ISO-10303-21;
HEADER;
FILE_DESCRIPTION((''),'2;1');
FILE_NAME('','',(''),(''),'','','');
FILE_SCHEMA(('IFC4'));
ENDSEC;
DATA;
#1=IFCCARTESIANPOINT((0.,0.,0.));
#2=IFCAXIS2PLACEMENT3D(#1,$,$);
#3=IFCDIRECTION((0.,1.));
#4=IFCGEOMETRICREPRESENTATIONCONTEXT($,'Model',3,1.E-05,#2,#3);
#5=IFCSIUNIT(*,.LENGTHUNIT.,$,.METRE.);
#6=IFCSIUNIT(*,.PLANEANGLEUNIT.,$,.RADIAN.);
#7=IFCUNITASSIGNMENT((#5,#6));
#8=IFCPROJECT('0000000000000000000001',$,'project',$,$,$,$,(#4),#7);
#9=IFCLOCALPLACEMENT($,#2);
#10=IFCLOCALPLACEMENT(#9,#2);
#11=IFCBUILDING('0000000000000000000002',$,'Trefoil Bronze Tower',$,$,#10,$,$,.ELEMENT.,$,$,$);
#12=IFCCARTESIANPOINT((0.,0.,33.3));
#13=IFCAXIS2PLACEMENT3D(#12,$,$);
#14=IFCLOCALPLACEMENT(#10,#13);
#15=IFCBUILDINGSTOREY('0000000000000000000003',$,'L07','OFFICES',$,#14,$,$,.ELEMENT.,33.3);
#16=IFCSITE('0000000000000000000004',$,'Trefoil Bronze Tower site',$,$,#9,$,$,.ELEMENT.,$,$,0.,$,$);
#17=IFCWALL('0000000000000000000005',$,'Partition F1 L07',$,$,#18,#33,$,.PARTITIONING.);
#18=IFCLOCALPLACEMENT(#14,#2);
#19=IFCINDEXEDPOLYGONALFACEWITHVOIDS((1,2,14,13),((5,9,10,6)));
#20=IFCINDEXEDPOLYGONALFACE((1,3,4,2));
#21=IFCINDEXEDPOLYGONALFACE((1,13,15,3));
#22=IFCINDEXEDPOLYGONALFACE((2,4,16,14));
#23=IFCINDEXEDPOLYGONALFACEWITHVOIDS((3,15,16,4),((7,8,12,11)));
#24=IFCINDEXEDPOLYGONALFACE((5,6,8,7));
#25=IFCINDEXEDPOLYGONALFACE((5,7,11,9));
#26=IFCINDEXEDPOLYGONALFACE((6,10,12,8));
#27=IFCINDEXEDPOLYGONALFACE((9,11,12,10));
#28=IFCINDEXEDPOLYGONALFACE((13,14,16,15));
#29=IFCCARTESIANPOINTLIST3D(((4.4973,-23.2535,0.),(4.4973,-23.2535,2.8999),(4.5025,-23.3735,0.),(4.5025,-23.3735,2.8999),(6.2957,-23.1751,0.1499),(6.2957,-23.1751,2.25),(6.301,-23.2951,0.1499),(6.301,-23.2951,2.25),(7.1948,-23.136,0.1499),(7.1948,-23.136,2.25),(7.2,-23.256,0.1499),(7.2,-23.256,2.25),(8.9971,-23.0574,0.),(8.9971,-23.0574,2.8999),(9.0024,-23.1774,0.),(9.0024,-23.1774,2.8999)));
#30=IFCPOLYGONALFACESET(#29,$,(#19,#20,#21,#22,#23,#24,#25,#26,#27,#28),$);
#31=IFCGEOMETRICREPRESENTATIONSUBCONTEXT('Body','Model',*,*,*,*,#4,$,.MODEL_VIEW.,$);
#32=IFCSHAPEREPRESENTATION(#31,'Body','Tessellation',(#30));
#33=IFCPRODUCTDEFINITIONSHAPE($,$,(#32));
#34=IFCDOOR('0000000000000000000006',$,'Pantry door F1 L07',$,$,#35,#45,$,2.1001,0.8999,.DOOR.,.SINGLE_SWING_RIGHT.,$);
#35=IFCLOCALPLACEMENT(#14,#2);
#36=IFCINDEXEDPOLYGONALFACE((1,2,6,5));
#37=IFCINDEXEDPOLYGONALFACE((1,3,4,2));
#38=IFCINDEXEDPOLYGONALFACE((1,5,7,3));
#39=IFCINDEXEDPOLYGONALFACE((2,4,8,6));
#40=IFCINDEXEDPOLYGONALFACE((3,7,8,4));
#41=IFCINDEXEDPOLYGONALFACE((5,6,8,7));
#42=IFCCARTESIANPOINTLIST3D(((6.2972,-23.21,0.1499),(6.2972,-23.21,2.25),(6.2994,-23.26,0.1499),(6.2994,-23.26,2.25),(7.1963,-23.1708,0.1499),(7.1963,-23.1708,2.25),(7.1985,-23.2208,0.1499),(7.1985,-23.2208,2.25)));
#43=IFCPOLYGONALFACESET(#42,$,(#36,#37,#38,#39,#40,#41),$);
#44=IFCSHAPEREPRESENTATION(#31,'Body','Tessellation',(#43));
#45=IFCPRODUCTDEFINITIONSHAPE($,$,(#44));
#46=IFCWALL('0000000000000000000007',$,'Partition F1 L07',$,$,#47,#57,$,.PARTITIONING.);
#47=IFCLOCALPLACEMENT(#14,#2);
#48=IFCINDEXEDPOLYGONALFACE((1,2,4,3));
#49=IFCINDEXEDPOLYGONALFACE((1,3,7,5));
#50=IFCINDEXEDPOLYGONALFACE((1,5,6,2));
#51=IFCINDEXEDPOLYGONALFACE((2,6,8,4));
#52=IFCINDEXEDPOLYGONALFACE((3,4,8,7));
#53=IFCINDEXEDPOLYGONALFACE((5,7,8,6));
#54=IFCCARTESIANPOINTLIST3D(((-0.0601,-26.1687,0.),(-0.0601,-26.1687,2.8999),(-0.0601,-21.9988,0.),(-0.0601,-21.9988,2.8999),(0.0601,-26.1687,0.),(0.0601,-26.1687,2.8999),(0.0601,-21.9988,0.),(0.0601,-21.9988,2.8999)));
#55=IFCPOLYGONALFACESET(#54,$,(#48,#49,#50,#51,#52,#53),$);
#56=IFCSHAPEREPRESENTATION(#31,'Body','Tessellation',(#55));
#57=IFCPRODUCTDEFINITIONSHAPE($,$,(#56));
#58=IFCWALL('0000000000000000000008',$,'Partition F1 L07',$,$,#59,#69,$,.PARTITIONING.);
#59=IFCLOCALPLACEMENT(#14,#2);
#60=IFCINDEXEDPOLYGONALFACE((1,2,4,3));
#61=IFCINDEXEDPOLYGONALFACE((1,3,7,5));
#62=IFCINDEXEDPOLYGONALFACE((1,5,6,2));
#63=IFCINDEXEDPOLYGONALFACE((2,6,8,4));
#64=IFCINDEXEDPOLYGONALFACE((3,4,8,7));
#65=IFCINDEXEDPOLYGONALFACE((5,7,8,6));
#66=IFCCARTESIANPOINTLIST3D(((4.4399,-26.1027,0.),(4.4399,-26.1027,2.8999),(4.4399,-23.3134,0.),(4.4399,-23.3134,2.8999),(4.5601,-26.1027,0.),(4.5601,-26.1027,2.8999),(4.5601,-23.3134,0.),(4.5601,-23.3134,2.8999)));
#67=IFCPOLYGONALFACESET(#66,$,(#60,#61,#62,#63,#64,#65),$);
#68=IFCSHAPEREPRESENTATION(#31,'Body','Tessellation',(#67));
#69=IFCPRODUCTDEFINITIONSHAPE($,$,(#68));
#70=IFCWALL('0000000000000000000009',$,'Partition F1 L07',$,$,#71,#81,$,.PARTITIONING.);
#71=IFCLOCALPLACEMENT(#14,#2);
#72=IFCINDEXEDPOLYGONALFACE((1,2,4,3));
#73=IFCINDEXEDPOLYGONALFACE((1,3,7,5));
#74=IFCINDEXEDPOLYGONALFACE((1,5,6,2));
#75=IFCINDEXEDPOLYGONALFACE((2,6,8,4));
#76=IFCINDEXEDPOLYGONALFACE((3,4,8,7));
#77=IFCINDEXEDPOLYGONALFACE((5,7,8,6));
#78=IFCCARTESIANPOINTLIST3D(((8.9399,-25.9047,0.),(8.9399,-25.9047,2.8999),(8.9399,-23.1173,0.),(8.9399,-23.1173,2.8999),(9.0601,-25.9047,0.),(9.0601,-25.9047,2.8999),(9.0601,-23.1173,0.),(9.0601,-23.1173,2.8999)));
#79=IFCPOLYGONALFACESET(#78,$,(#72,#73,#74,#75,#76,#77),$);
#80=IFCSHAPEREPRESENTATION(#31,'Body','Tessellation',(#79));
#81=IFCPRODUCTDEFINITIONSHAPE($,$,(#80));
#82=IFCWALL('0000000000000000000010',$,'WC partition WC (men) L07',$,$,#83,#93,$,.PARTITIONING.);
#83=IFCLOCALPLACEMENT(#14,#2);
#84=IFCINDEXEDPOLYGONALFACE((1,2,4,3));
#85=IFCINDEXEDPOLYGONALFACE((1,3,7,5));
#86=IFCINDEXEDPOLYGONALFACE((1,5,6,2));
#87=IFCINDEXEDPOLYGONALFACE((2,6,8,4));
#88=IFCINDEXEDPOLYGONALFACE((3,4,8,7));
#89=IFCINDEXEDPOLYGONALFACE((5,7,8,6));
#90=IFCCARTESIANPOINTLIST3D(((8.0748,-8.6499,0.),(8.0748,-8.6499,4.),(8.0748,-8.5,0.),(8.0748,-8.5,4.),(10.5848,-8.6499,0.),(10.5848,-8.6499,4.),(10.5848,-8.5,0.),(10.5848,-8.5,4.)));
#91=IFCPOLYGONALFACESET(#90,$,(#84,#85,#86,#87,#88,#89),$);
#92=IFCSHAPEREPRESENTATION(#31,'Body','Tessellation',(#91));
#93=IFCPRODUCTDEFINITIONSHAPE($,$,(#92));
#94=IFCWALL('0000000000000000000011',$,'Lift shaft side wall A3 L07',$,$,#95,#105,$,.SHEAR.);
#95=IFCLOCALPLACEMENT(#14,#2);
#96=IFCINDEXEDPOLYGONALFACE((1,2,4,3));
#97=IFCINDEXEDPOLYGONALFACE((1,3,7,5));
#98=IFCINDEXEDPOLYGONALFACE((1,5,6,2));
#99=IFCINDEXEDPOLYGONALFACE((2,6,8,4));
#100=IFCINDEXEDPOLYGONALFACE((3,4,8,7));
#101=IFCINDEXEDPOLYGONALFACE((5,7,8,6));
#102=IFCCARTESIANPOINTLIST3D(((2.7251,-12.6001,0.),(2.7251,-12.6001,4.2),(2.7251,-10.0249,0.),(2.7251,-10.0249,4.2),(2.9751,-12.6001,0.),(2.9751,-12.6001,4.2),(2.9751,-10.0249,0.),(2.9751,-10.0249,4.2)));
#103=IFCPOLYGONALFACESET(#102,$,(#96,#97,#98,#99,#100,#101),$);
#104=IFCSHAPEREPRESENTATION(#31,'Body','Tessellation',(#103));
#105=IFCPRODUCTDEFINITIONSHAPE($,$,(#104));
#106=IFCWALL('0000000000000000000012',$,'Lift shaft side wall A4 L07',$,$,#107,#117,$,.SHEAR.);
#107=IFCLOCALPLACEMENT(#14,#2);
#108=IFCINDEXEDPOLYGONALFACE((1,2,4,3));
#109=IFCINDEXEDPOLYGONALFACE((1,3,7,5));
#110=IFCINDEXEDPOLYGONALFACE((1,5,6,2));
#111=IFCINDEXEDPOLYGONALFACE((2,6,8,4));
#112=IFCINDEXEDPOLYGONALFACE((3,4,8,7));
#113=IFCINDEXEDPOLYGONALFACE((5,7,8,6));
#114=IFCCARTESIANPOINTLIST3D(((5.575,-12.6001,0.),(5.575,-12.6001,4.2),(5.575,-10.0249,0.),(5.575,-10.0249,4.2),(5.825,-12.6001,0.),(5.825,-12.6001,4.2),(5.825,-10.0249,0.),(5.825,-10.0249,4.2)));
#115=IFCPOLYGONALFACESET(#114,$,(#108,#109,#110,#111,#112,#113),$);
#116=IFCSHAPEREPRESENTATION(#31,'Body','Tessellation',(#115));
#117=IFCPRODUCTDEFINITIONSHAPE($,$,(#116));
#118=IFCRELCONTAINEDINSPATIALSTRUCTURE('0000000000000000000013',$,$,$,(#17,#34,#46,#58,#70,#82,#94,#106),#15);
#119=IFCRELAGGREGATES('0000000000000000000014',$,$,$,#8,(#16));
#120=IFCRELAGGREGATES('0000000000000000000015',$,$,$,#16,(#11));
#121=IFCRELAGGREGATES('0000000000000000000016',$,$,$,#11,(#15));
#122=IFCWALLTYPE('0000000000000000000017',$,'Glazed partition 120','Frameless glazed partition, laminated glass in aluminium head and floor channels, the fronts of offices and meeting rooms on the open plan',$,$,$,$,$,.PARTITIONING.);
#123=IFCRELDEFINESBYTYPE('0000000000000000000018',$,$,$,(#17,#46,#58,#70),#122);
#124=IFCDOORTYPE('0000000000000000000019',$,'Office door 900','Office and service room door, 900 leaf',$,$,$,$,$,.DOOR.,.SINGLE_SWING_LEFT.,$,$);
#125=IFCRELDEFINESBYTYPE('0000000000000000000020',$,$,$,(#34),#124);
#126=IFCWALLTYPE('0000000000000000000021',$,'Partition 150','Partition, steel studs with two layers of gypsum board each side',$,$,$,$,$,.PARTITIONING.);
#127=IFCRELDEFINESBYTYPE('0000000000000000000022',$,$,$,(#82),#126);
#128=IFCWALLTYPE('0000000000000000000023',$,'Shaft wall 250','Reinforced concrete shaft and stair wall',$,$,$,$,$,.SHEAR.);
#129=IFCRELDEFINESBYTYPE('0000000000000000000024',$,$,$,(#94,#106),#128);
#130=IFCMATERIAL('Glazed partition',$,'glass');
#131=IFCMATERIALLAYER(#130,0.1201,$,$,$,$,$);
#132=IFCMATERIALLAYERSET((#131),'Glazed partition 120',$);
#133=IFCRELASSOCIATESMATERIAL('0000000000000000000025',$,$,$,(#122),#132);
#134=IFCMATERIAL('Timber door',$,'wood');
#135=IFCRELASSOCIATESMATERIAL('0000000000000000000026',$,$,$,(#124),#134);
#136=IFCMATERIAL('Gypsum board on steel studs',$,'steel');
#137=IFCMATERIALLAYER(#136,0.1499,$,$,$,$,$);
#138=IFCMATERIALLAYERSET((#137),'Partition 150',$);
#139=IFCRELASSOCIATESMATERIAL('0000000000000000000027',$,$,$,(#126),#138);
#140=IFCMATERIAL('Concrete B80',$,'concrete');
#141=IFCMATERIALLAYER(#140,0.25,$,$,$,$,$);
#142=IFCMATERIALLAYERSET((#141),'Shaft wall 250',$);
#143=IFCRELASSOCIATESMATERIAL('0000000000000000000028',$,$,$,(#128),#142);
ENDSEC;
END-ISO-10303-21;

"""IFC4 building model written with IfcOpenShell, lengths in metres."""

from ifc_helpers import new_model, si_unit, direction, frame, frame_2d, origin, place, context, subcontext, project, spatial, rectangle, extrude, material, layer, layer_set, type_object, element, fill, save


model = new_model("IFC4")

# Units and contexts
model_context = context("Model", 3, precision=1e-05, world=origin(), true_north=direction((0.0, 1.0)))
body_context = subcontext(model_context, "Body", "Model", "MODEL_VIEW")
ifc_project = project(units=[si_unit("LENGTHUNIT", "METRE"), si_unit("PLANEANGLEUNIT", "RADIAN")], contexts=[model_context])

# Site, building, storey
site_placement = place(None, origin())
site = spatial("IfcSite", under=ifc_project, at=site_placement, Name="Trefoil Bronze Tower site", CompositionType="ELEMENT", RefElevation=0.0)
building_placement = place(site_placement, origin())
building = spatial("IfcBuilding", under=site, at=building_placement, Name="Trefoil Bronze Tower", CompositionType="ELEMENT")
storey_placement = place(building_placement, frame((0.0, 0.0, 33.3)))
storey = spatial("IfcBuildingStorey", under=building, at=storey_placement, Name="L07", Description="OFFICES", CompositionType="ELEMENT", Elevation=33.3)

# Wall, opening, door
ifc_material_1 = material(Name="Glazed partition", Category="glass")
ifc_layer_1 = layer(ifc_material_1, 0.1201)
ifc_layer_set_1 = layer_set([ifc_layer_1], Name="Glazed partition 120")
wall_type_1 = type_object("IfcWallType", Name="Glazed partition 120", Description="Frameless glazed partition, laminated glass in aluminium head and floor channels, the fronts of offices and meeting rooms on the open plan", PredefinedType="PARTITIONING", material=ifc_layer_set_1)
ifc_material_2 = material(Name="Timber door", Category="wood")
door_type = type_object("IfcDoorType", Name="Office door 900", Description="Office and service room door, 900 leaf", OperationType="SINGLE_SWING_LEFT", PredefinedType="DOOR", material=ifc_material_2)
wall_1_placement = place(storey_placement, frame((4.5, -23.3135, 0.0), z_axis=(0.0, 0.0, 1.0), x_axis=(0.999052, 0.043524, 0.0)))
wall_1 = element("IfcWall", 1, at=wall_1_placement, inside=storey, type_object=wall_type_1, Name="Partition F1 L07", PredefinedType="PARTITIONING", context=body_context, shape_type="SweptSolid", body=[
    extrude(rectangle(XDim=4.5042, YDim=0.1201, at=frame_2d((2.252, 0.0))), origin(), (0.0, 0.0, 1.0), 2.8999),
])
opening_1_placement = place(wall_1_placement, frame((1.8, 0.0, 0.1499)))
opening_1 = element("IfcOpeningElement", 2, at=opening_1_placement, cuts=wall_1, PredefinedType="OPENING", context=body_context, shape_type="SweptSolid", body=[
    extrude(rectangle(XDim=0.8999, YDim=2.1001, at=frame_2d((0.45, 1.05))), frame((0.0, 0.0701, 0.0), z_axis=(0.0, -1.0, 0.0), x_axis=(1.0, 0.0, 0.0)), (0.0, 0.0, 1.0), 0.1401),
])
door_1_placement = place(opening_1_placement, frame((0.8999, 0.0, 0.0), z_axis=(0.0, 0.0, 1.0), x_axis=(-1.0, 0.0, 0.0)))
door_1 = element("IfcDoor", 3, at=door_1_placement, inside=storey, type_object=door_type, Name="Pantry door F1 L07", OperationType="SINGLE_SWING_RIGHT", OverallHeight=2.1001, OverallWidth=0.8999, PredefinedType="DOOR", context=body_context, shape_type="SweptSolid", body=[
    extrude(rectangle(XDim=0.8999, YDim=2.1001, at=frame_2d((0.45, 1.05))), frame((0.0, 0.0249, 0.0), z_axis=(0.0, -1.0, 0.0), x_axis=(1.0, 0.0, 0.0)), (0.0, 0.0, 1.0), 0.05),
])
fill(opening_1, door_1)

# Walls
wall_2_placement = place(storey_placement, frame((0.0, -21.9988, 0.0), z_axis=(0.0, 0.0, 1.0), x_axis=(0.0, -1.0, 0.0)))
element("IfcWall", 4, at=wall_2_placement, inside=storey, type_object=wall_type_1, Name="Partition F1 L07", PredefinedType="PARTITIONING", context=body_context, shape_type="SweptSolid", body=[
    extrude(rectangle(XDim=4.1699, YDim=0.1201, at=frame_2d((2.085, 0.0))), origin(), (0.0, 0.0, 1.0), 2.8999),
])
wall_3_placement = place(storey_placement, frame((4.5, -23.3135, 0.0), z_axis=(0.0, 0.0, 1.0), x_axis=(0.0, -1.0, 0.0)))
element("IfcWall", 5, at=wall_3_placement, inside=storey, type_object=wall_type_1, Name="Partition F1 L07", PredefinedType="PARTITIONING", context=body_context, shape_type="SweptSolid", body=[
    extrude(rectangle(XDim=2.7893, YDim=0.1201, at=frame_2d((1.3945, 0.0))), origin(), (0.0, 0.0, 1.0), 2.8999),
])
wall_4_placement = place(storey_placement, frame((9.0, -23.1174, 0.0), z_axis=(0.0, 0.0, 1.0), x_axis=(0.0, -1.0, 0.0)))
element("IfcWall", 6, at=wall_4_placement, inside=storey, type_object=wall_type_1, Name="Partition F1 L07", PredefinedType="PARTITIONING", context=body_context, shape_type="SweptSolid", body=[
    extrude(rectangle(XDim=2.7874, YDim=0.1201, at=frame_2d((1.3936, 0.0))), origin(), (0.0, 0.0, 1.0), 2.8999),
])
ifc_material_3 = material(Name="Gypsum board on steel studs", Category="steel")
ifc_layer_2 = layer(ifc_material_3, 0.1499)
ifc_layer_set_2 = layer_set([ifc_layer_2], Name="Partition 150")
wall_type_2 = type_object("IfcWallType", Name="Partition 150", Description="Partition, steel studs with two layers of gypsum board each side", PredefinedType="PARTITIONING", material=ifc_layer_set_2)
wall_5_placement = place(storey_placement, frame((8.075, -8.575, 0.0), z_axis=(0.0, 0.0, 1.0), x_axis=(1.0, 0.0, 0.0)))
element("IfcWall", 7, at=wall_5_placement, inside=storey, type_object=wall_type_2, Name="WC partition WC (men) L07", PredefinedType="PARTITIONING", context=body_context, shape_type="SweptSolid", body=[
    extrude(rectangle(XDim=2.51, YDim=0.1499, at=frame_2d((1.2549, 0.0))), origin(), (0.0, 0.0, 1.0), 4.0),
])
ifc_material_4 = material(Name="Concrete B80", Category="concrete")
ifc_layer_3 = layer(ifc_material_4, 0.25)
ifc_layer_set_3 = layer_set([ifc_layer_3], Name="Shaft wall 250")
wall_type_3 = type_object("IfcWallType", Name="Shaft wall 250", Description="Reinforced concrete shaft and stair wall", PredefinedType="SHEAR", material=ifc_layer_set_3)
for number, where, z_axis, x_axis, name in (
    (8, (2.8501, -10.0249, 0.0), (0.0, 0.0, 1.0), (0.0, -1.0, 0.0), "Lift shaft side wall A3 L07"),
    (9, (5.7, -10.0249, 0.0), (0.0, 0.0, 1.0), (0.0, -1.0, 0.0), "Lift shaft side wall A4 L07"),
):
    element("IfcWall", number, at=place(storey_placement, frame(where, z_axis=z_axis, x_axis=x_axis)), inside=storey, type_object=wall_type_3, Name=name, PredefinedType="SHEAR", context=body_context, shape_type="SweptSolid", body=[
        extrude(rectangle(XDim=2.5752, YDim=0.25, at=frame_2d((1.2876, 0.0))), origin(), (0.0, 0.0, 1.0), 4.2),
    ])

save(model, "model.ifc")
